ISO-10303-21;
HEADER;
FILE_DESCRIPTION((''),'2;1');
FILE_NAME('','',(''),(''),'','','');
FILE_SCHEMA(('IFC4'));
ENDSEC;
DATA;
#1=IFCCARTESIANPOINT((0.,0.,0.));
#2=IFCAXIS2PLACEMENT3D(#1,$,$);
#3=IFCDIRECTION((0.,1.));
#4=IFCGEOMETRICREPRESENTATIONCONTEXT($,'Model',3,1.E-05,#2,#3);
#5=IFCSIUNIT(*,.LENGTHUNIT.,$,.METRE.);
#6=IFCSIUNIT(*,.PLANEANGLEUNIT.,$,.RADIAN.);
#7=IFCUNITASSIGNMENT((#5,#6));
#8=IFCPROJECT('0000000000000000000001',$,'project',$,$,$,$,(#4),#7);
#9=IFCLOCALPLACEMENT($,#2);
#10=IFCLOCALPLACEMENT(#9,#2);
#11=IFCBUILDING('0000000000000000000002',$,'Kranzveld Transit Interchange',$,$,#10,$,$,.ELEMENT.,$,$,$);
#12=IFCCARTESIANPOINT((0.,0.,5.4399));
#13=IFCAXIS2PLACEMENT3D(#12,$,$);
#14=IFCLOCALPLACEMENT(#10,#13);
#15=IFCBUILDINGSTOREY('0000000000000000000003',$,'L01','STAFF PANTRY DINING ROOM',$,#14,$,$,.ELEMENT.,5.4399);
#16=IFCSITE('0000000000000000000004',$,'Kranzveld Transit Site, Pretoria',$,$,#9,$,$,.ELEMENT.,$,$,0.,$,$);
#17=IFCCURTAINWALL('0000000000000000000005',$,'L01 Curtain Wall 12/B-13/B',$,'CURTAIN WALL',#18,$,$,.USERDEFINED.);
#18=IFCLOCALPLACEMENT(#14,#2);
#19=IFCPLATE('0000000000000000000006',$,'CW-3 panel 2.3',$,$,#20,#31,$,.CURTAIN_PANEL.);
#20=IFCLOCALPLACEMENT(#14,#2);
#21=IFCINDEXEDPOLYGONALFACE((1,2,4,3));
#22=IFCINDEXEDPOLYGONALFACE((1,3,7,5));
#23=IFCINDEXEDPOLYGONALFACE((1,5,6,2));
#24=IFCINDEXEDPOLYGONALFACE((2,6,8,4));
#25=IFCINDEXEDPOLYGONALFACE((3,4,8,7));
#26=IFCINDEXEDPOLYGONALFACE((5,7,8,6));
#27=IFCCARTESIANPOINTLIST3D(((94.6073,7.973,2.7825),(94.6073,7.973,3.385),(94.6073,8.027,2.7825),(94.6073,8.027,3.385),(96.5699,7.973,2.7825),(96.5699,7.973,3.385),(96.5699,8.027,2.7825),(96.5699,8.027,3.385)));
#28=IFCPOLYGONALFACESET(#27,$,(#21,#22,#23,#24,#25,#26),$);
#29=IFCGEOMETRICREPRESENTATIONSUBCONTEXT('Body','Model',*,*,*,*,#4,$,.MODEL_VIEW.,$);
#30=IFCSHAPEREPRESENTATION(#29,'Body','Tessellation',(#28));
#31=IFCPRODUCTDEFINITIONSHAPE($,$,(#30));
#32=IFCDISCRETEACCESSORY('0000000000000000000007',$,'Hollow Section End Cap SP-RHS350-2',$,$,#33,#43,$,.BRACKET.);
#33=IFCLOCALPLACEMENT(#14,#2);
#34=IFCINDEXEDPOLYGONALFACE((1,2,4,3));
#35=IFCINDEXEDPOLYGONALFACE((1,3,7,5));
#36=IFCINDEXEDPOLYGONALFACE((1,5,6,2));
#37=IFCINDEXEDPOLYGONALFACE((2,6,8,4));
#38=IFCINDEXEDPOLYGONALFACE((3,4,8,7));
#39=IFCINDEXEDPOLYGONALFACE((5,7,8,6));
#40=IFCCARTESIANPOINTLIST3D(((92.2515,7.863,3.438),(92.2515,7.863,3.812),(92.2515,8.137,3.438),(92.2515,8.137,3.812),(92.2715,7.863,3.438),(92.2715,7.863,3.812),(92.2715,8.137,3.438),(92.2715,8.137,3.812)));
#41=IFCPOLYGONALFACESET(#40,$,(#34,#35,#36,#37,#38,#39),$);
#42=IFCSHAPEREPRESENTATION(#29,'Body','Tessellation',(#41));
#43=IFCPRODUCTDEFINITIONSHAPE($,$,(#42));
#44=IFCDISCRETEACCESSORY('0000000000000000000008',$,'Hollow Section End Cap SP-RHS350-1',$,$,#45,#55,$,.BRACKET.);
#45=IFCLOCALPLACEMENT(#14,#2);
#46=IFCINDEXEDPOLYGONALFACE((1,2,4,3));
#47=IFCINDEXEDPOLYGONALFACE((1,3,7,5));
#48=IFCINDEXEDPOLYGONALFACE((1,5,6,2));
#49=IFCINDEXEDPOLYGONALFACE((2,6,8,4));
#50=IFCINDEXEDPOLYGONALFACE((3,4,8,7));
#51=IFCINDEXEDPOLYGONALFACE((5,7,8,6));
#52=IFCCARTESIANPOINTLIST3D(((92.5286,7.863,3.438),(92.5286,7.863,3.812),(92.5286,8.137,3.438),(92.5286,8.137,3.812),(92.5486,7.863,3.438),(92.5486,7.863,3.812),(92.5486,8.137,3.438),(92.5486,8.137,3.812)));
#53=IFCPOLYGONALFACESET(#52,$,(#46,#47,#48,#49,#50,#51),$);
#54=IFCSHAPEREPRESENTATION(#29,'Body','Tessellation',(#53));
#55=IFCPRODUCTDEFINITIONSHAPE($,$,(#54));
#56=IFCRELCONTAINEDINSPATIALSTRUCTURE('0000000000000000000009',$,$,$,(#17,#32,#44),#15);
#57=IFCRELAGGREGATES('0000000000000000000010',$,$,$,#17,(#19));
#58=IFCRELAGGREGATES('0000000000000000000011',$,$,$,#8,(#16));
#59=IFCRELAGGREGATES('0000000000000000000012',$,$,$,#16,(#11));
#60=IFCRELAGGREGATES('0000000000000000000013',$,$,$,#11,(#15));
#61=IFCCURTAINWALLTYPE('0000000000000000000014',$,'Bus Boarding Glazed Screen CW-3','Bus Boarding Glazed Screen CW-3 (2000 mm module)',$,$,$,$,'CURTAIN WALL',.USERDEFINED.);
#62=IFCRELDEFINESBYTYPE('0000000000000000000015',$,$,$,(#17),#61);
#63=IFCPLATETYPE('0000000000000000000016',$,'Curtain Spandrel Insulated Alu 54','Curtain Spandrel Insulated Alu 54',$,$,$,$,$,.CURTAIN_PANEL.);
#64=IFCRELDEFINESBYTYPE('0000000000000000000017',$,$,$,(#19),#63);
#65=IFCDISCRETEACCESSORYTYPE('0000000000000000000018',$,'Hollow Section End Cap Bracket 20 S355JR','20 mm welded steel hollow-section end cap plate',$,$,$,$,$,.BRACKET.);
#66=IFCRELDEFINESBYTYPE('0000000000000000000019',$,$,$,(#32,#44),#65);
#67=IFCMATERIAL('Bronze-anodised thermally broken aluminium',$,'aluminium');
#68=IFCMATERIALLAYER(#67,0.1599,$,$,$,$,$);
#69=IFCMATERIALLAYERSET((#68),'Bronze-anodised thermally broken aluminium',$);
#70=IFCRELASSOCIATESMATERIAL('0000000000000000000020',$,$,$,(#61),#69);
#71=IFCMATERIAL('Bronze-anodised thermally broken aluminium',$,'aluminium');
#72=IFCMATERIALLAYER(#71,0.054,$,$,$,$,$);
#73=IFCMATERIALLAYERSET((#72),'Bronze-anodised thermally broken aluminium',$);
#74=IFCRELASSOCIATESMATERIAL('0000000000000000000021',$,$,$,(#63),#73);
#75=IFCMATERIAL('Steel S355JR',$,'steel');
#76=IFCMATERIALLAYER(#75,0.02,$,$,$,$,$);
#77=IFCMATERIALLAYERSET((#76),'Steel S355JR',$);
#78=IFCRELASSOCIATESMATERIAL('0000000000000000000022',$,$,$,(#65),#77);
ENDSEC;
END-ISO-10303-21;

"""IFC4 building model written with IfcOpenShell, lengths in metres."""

from ifc_helpers import new_model, si_unit, direction, frame, origin, origin_2d, place, context, subcontext, project, spatial, rectangle, extrude, material, layer, layer_set, type_object, element, aggregate, save


model = new_model("IFC4")

# Units and contexts
model_context = context("Model", 3, precision=1e-05, world=origin(), true_north=direction((0.0, 1.0)))
body_context = subcontext(model_context, "Body", "Model", "MODEL_VIEW")
ifc_project = project(units=[si_unit("LENGTHUNIT", "METRE"), si_unit("PLANEANGLEUNIT", "RADIAN")], contexts=[model_context])

# Site, building, storey
site_placement = place(None, origin())
site = spatial("IfcSite", under=ifc_project, at=site_placement, Name="Kranzveld Transit Site, Pretoria", CompositionType="ELEMENT", RefElevation=0.0)
building_placement = place(site_placement, origin())
building = spatial("IfcBuilding", under=site, at=building_placement, Name="Kranzveld Transit Interchange", CompositionType="ELEMENT")
storey_placement = place(building_placement, frame((0.0, 0.0, 5.4399)))
storey = spatial("IfcBuildingStorey", under=building, at=storey_placement, Name="L01", Description="STAFF PANTRY DINING ROOM", CompositionType="ELEMENT", Elevation=5.4399)

# Curtain wall
ifc_material_1 = material(Name="Bronze-anodised thermally broken aluminium", Category="aluminium")
ifc_layer_1 = layer(ifc_material_1, 0.1599)
ifc_layer_set_1 = layer_set([ifc_layer_1], Name="Bronze-anodised thermally broken aluminium")
curtain_wall_type = type_object("IfcCurtainWallType", Name="Bus Boarding Glazed Screen CW-3", Description="Bus Boarding Glazed Screen CW-3 (2000 mm module)", ElementType="CURTAIN WALL", PredefinedType="USERDEFINED", material=ifc_layer_set_1)
curtain_wall_placement = place(storey_placement, origin())
curtain_wall = element("IfcCurtainWall", 1, at=curtain_wall_placement, inside=storey, type_object=curtain_wall_type, Name="L01 Curtain Wall 12/B-13/B", ObjectType="CURTAIN WALL", PredefinedType="USERDEFINED")

# Plate
ifc_material_2 = material(Name="Bronze-anodised thermally broken aluminium", Category="aluminium")
ifc_layer_2 = layer(ifc_material_2, 0.054)
ifc_layer_set_2 = layer_set([ifc_layer_2], Name="Bronze-anodised thermally broken aluminium")
plate_type = type_object("IfcPlateType", Name="Curtain Spandrel Insulated Alu 54", Description="Curtain Spandrel Insulated Alu 54", PredefinedType="CURTAIN_PANEL", material=ifc_layer_set_2)
plate_1_placement = place(storey_placement, frame((95.5886, 8.0, 2.7825), z_axis=(0.0, 0.0, 1.0), x_axis=(1.0, 0.0, 0.0)))
plate_1 = element("IfcPlate", 2, at=plate_1_placement, type_object=plate_type, Name="CW-3 panel 2.3", PredefinedType="CURTAIN_PANEL", context=body_context, shape_type="SweptSolid", body=[
    extrude(rectangle(XDim=1.9626, YDim=0.054, at=origin_2d()), origin(), (0.0, 0.0, 1.0), 0.6025),
])
aggregate(curtain_wall, [plate_1])

# Discrete accessories
ifc_material_3 = material(Name="Steel S355JR", Category="steel")
ifc_layer_3 = layer(ifc_material_3, 0.02)
ifc_layer_set_3 = layer_set([ifc_layer_3], Name="Steel S355JR")
discrete_accessory_type = type_object("IfcDiscreteAccessoryType", Name="Hollow Section End Cap Bracket 20 S355JR", Description="20 mm welded steel hollow-section end cap plate", PredefinedType="BRACKET", material=ifc_layer_set_3)
for number, where, z_axis, x_axis, name in (
    (3, (92.2515, 8.0, 3.625), (1.0, 0.0, 0.0), (0.0, 1.0, 0.0), "Hollow Section End Cap SP-RHS350-2"),
    (4, (92.5486, 8.0, 3.625), (-1.0, 0.0, 0.0), (0.0, -1.0, 0.0), "Hollow Section End Cap SP-RHS350-1"),
):
    element("IfcDiscreteAccessory", number, at=place(storey_placement, frame(where, z_axis=z_axis, x_axis=x_axis)), inside=storey, type_object=discrete_accessory_type, Name=name, PredefinedType="BRACKET", context=body_context, shape_type="SweptSolid", body=[
        extrude(rectangle(XDim=0.2739, YDim=0.374, at=origin_2d()), origin(), (0.0, 0.0, 1.0), 0.02),
    ])

save(model, "model.ifc")
